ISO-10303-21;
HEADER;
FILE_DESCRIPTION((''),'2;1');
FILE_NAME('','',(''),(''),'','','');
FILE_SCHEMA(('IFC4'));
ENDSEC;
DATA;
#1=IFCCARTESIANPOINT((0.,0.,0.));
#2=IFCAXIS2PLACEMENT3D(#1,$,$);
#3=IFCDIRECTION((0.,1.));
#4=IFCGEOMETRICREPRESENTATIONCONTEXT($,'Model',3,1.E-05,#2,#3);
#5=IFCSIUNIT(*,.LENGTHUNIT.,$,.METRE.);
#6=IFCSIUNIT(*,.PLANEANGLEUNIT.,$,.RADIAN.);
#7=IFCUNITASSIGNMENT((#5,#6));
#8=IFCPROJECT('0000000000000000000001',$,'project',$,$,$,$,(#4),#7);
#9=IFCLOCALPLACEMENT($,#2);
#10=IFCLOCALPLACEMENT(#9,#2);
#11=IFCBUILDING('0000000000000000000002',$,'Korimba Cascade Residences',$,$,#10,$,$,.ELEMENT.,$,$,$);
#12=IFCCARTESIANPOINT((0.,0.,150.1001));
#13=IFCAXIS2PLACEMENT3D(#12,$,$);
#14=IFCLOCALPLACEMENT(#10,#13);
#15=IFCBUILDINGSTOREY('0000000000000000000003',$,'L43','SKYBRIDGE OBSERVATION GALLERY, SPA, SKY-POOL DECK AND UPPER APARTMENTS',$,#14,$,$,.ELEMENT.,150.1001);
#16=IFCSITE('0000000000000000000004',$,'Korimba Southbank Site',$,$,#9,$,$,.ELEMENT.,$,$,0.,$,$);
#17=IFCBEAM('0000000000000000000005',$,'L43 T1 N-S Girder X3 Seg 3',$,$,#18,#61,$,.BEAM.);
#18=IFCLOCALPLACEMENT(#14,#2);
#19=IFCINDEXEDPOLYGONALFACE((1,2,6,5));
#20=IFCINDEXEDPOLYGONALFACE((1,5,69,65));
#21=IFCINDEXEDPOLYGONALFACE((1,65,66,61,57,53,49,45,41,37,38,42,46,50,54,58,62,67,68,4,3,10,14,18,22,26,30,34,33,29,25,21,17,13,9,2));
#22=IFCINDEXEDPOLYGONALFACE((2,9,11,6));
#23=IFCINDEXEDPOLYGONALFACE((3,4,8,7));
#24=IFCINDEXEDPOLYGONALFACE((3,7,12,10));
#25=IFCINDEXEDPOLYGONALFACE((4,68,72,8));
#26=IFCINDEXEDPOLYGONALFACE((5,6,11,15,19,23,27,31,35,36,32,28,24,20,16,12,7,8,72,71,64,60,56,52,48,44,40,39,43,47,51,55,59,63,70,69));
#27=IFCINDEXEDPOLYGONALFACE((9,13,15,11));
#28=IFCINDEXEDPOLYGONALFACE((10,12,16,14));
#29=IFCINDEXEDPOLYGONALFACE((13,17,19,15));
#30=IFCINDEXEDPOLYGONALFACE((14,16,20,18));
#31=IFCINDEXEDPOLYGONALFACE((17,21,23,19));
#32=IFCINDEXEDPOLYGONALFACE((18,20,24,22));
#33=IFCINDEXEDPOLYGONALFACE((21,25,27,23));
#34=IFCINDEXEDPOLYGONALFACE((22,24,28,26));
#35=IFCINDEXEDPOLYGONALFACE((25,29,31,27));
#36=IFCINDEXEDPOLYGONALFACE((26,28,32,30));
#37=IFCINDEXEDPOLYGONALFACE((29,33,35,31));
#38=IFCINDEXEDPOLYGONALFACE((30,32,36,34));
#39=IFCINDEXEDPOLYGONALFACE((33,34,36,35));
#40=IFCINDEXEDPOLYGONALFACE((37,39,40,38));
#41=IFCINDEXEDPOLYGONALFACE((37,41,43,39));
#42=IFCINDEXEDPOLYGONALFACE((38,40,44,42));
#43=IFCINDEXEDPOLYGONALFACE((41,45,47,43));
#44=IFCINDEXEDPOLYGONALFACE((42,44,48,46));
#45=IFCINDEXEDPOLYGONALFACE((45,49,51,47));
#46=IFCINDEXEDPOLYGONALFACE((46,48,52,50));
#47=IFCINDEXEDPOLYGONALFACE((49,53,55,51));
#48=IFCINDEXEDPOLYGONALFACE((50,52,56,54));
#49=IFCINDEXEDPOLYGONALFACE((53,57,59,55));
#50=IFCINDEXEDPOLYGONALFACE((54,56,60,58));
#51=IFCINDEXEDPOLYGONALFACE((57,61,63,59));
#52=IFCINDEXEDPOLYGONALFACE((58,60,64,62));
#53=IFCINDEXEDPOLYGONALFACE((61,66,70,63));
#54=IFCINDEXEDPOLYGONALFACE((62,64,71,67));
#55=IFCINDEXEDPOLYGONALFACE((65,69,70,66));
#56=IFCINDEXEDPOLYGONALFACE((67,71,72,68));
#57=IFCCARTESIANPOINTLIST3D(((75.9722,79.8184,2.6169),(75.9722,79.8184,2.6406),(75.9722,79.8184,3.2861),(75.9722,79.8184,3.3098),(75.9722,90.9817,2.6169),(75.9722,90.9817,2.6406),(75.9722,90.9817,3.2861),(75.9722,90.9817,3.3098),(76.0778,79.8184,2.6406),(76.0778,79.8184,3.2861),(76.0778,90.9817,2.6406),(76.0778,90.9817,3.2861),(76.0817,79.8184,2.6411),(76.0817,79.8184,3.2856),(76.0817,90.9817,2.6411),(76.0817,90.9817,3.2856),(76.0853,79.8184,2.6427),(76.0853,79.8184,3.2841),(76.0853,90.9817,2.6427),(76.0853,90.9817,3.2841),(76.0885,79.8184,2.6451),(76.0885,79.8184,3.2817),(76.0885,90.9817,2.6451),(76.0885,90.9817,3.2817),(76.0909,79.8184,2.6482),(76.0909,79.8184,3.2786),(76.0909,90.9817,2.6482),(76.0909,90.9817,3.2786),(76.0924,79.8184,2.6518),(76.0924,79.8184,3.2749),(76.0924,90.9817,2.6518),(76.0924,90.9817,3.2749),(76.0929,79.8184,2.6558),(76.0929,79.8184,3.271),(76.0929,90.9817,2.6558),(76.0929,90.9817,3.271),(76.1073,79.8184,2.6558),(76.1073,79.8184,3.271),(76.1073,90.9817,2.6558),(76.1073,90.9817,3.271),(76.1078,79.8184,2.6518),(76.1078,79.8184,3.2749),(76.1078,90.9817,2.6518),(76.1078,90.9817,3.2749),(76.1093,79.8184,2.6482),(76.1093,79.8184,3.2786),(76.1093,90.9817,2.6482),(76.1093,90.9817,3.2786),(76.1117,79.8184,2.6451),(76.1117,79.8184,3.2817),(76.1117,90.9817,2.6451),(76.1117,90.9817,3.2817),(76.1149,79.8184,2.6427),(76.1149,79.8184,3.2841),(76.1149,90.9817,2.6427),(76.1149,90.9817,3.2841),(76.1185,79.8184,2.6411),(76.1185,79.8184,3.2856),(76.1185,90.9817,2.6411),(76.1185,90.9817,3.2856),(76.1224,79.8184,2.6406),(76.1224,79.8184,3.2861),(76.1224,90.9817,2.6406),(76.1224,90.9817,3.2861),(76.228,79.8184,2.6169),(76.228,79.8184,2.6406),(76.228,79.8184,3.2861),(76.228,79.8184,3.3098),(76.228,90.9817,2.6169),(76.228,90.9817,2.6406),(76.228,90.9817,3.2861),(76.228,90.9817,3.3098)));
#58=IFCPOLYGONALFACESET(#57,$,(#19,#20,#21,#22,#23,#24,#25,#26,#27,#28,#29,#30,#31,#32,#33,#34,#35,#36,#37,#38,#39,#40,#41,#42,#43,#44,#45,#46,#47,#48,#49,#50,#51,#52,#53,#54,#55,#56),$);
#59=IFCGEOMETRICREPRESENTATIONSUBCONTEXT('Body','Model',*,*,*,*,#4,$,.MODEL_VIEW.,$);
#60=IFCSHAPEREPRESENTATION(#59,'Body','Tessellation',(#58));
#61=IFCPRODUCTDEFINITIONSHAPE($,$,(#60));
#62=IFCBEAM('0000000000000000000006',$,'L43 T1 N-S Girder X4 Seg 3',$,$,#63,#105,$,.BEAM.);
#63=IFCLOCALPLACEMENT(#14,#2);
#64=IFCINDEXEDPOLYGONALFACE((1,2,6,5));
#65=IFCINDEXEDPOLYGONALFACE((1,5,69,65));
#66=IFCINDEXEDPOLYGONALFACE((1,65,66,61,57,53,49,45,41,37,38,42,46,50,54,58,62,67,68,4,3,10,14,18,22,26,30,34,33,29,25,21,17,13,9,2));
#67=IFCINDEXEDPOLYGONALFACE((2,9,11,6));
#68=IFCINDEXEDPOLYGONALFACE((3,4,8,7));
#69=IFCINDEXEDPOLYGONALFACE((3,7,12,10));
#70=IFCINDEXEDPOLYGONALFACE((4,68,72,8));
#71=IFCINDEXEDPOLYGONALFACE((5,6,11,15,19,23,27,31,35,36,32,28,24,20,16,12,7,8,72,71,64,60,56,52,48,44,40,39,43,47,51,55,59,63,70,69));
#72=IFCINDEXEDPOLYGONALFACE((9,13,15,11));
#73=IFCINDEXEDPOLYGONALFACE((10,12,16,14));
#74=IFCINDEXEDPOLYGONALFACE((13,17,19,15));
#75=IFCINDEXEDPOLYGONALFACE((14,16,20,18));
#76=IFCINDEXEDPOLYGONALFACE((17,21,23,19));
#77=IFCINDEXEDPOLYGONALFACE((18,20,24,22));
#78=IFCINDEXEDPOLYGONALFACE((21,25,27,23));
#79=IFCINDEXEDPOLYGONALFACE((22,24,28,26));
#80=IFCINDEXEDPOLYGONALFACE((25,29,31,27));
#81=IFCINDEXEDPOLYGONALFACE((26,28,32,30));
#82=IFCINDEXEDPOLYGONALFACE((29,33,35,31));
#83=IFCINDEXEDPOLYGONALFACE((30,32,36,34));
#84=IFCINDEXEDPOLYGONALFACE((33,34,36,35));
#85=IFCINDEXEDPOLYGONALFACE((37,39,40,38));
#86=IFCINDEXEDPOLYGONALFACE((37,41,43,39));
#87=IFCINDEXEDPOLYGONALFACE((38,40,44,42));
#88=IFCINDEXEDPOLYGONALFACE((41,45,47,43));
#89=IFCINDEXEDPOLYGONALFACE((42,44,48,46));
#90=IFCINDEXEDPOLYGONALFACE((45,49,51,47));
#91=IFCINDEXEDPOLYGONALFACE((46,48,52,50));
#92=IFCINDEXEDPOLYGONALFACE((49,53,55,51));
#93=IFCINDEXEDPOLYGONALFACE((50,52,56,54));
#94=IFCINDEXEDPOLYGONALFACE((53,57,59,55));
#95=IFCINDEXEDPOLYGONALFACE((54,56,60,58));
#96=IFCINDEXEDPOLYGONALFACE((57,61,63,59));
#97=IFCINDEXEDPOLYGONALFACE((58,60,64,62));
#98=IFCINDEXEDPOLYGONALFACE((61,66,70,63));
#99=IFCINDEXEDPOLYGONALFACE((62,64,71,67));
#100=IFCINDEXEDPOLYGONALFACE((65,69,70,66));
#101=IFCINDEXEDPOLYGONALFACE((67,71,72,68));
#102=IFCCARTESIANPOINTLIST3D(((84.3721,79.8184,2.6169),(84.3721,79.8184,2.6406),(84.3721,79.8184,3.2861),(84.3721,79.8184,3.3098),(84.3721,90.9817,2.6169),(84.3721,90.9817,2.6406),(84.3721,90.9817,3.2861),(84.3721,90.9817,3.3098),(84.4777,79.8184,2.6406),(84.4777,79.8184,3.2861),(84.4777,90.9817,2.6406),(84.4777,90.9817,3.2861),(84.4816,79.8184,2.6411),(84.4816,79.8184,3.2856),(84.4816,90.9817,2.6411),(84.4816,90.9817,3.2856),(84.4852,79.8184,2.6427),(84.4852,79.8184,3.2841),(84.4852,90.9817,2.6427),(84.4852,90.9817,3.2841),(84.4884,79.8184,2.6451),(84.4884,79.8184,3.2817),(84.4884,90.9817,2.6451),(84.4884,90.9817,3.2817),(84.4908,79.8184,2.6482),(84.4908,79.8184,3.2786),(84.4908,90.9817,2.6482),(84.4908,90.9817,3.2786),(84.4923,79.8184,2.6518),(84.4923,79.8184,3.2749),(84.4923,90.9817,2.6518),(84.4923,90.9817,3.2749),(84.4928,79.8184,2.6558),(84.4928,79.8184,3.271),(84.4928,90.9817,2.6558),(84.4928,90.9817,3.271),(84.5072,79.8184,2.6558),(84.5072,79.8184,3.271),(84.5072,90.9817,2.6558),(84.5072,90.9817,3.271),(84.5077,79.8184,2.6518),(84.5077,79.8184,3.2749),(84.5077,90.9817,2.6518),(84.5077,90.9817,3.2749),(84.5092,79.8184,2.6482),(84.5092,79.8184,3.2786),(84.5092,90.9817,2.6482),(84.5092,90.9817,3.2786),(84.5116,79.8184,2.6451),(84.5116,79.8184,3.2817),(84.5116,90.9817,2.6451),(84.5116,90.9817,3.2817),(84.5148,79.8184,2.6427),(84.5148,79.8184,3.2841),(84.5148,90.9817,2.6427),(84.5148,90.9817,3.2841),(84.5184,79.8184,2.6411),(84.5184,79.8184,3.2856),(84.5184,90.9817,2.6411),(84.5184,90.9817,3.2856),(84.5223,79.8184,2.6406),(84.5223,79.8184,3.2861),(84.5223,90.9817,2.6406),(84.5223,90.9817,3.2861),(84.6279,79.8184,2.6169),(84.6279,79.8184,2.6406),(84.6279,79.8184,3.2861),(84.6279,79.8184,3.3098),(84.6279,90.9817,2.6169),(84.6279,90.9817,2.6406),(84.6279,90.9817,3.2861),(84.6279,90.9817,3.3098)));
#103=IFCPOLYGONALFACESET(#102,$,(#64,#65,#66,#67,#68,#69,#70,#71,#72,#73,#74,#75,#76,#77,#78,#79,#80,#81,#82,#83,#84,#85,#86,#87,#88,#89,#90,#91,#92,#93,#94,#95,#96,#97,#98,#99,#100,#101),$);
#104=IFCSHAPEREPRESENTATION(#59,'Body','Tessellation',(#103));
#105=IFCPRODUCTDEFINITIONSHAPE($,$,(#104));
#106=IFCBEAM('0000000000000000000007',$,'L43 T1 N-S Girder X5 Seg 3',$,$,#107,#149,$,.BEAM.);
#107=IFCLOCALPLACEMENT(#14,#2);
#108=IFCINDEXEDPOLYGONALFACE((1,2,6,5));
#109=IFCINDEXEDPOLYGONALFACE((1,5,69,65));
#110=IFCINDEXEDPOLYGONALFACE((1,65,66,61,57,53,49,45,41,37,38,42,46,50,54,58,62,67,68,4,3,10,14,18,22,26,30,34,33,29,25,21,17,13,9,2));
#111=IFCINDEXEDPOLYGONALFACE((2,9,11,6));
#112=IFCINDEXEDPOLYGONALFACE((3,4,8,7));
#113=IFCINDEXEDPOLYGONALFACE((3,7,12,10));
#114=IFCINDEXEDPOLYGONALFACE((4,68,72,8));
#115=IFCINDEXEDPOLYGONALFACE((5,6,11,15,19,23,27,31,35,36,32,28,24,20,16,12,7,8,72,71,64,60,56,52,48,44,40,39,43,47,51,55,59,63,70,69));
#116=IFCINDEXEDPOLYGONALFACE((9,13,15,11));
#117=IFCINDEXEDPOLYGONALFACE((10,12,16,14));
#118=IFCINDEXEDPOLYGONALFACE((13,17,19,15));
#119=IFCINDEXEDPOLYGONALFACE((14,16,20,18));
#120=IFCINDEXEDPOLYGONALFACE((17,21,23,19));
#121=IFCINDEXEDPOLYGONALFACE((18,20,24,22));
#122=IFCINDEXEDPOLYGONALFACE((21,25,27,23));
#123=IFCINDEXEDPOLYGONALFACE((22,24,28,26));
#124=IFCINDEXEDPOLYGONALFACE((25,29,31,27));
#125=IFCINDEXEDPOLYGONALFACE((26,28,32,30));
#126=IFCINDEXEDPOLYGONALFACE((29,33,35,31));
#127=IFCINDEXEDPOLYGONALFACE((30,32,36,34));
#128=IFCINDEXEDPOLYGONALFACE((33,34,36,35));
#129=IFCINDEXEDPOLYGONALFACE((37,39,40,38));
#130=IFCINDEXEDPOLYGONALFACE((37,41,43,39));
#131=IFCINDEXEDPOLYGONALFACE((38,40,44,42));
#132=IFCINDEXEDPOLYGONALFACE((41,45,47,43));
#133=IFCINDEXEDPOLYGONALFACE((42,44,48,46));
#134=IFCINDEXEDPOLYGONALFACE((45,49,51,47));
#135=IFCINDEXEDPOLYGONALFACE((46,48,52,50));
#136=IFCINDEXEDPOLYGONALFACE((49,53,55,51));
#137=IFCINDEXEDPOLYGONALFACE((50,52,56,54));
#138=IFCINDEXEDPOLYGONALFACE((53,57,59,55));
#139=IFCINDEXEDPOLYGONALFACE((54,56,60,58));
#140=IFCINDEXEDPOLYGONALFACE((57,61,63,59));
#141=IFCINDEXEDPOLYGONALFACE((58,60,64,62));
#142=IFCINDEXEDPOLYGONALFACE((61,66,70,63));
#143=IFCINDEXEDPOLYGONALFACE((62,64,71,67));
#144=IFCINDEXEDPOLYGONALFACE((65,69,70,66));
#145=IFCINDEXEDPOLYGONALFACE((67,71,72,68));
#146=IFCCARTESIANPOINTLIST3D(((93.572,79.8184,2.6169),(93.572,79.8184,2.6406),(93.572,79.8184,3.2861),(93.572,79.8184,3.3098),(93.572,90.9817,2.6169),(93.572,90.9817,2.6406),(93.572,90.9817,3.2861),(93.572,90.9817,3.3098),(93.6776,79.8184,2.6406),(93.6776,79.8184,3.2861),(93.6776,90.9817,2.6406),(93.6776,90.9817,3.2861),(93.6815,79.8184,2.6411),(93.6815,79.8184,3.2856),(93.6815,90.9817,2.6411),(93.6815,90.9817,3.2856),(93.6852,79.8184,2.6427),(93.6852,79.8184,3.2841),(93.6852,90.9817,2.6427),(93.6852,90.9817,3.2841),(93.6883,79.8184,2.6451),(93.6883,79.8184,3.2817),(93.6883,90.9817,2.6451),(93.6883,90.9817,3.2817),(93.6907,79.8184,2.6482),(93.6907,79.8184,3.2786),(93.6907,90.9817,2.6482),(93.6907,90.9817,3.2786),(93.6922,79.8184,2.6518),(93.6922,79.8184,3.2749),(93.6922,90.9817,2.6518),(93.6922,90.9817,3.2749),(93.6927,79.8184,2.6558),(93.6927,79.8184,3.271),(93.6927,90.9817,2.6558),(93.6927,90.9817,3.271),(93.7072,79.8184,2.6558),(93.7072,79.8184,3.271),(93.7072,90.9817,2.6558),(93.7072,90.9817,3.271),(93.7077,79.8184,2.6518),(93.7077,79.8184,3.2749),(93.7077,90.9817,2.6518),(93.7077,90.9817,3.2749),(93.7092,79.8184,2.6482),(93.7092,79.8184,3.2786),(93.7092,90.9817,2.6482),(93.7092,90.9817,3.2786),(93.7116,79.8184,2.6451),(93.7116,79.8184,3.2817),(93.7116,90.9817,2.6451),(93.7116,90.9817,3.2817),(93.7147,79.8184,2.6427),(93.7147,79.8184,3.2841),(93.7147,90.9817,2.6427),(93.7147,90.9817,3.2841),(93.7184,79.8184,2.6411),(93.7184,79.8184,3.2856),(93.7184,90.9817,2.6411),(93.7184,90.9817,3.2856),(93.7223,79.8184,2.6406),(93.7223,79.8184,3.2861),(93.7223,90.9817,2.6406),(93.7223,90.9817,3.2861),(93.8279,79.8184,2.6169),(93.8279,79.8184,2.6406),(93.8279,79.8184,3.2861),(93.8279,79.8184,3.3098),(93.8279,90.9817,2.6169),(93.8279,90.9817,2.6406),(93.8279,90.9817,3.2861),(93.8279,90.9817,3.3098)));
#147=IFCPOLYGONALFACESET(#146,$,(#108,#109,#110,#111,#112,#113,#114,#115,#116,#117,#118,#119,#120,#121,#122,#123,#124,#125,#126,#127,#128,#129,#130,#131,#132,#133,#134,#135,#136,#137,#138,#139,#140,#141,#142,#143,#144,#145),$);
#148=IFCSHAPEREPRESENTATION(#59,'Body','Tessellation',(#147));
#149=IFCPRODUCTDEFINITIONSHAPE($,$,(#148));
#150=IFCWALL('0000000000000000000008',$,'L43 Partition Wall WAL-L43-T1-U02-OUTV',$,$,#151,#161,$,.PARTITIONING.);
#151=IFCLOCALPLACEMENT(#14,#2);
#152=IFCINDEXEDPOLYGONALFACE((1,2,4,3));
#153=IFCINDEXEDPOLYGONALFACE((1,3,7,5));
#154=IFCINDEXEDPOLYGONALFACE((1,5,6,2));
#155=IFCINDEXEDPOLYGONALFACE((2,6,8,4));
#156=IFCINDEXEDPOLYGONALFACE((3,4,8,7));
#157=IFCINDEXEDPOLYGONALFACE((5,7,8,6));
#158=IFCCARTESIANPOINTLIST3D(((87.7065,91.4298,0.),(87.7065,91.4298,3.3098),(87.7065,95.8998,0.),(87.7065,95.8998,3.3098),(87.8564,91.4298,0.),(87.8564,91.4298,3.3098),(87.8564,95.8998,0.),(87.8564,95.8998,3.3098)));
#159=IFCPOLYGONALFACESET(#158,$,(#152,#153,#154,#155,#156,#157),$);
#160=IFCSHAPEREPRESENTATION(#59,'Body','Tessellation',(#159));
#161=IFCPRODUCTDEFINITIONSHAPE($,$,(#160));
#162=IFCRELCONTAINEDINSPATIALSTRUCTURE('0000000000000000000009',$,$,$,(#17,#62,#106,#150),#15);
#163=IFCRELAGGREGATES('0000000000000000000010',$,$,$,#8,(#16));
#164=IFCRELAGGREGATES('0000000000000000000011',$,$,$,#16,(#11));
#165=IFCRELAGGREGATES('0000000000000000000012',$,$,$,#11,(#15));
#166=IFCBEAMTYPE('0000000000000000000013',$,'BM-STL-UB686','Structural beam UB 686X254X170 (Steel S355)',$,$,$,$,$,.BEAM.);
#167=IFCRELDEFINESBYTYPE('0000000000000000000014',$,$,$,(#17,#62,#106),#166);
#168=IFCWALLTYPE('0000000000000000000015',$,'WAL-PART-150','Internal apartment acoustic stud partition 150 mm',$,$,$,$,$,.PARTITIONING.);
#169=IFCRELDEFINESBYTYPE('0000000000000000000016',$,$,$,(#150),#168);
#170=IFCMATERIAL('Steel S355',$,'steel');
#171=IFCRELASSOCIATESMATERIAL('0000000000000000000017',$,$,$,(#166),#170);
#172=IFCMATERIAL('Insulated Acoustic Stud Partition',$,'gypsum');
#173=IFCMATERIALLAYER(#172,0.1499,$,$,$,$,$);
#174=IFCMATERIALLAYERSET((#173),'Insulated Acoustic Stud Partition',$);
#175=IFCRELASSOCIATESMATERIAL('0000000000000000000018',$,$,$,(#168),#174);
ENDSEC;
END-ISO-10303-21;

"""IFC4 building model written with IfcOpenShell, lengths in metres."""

from ifc_helpers import new_model, si_unit, direction, frame, frame_2d, origin, origin_2d, place, context, subcontext, project, spatial, rectangle, i_section, extrude, material, layer, layer_set, material_profile, profile_set, type_object, element, save


model = new_model("IFC4")

# Units and contexts
model_context = context("Model", 3, precision=1e-05, world=origin(), true_north=direction((0.0, 1.0)))
body_context = subcontext(model_context, "Body", "Model", "MODEL_VIEW")
ifc_project = project(units=[si_unit("LENGTHUNIT", "METRE"), si_unit("PLANEANGLEUNIT", "RADIAN")], contexts=[model_context])

# Site, building, storey
site_placement = place(None, origin())
site = spatial("IfcSite", under=ifc_project, at=site_placement, Name="Korimba Southbank Site", CompositionType="ELEMENT", RefElevation=0.0)
building_placement = place(site_placement, origin())
building = spatial("IfcBuilding", under=site, at=building_placement, Name="Korimba Cascade Residences", CompositionType="ELEMENT")
storey_placement = place(building_placement, frame((0.0, 0.0, 150.1001)))
storey = spatial("IfcBuildingStorey", under=building, at=storey_placement, Name="L43", Description="SKYBRIDGE OBSERVATION GALLERY, SPA, SKY-POOL DECK AND UPPER APARTMENTS", CompositionType="ELEMENT", Elevation=150.1001)

# Beams
ifc_material_1 = material(Name="Steel S355", Category="steel")
ifc_material_profile_1 = material_profile(ifc_material_1, i_section(OverallWidth=0.2559, OverallDepth=0.6929, WebThickness=0.0144, FlangeThickness=0.0237, FilletRadius=0.0151, at=origin_2d()), Name="Steel S355")
ifc_profile_set_1 = profile_set([ifc_material_profile_1], Name="Steel S355")
beam_type_1 = type_object("IfcBeamType", Name="BM-STL-UB686", Description="Structural beam UB 686X254X170 (Steel S355)", PredefinedType="BEAM", material=ifc_profile_set_1)
for number, where, z_axis, x_axis, name in (
    (1, (76.1001, 79.8184, 2.9634), (0.0, 1.0, 0.0), (-1.0, 0.0, 0.0), "L43 T1 N-S Girder X3 Seg 3"),
    (2, (84.5, 79.8184, 2.9634), (0.0, 1.0, 0.0), (-1.0, 0.0, 0.0), "L43 T1 N-S Girder X4 Seg 3"),
    (3, (93.7, 79.8184, 2.9634), (0.0, 1.0, 0.0), (-1.0, 0.0, 0.0), "L43 T1 N-S Girder X5 Seg 3"),
):
    element("IfcBeam", number, at=place(storey_placement, frame(where, z_axis=z_axis, x_axis=x_axis)), inside=storey, type_object=beam_type_1, Name=name, PredefinedType="BEAM", context=body_context, shape_type="SweptSolid", body=[
        extrude(i_section(OverallWidth=0.2559, OverallDepth=0.6929, WebThickness=0.0144, FlangeThickness=0.0237, FilletRadius=0.0151, at=origin_2d()), origin(), (0.0, 0.0, 1.0), 11.1633),
    ])

# Wall
ifc_material_2 = material(Name="Insulated Acoustic Stud Partition", Category="gypsum")
ifc_layer = layer(ifc_material_2, 0.1499)
ifc_layer_set = layer_set([ifc_layer], Name="Insulated Acoustic Stud Partition")
wall_type = type_object("IfcWallType", Name="WAL-PART-150", Description="Internal apartment acoustic stud partition 150 mm", PredefinedType="PARTITIONING", material=ifc_layer_set)
wall_1_placement = place(storey_placement, frame((87.7815, 91.4299, 0.0), z_axis=(0.0, 0.0, 1.0), x_axis=(0.0, 1.0, 0.0)))
element("IfcWall", 4, at=wall_1_placement, inside=storey, type_object=wall_type, Name="L43 Partition Wall WAL-L43-T1-U02-OUTV", PredefinedType="PARTITIONING", context=body_context, shape_type="SweptSolid", body=[
    extrude(rectangle(XDim=4.47, YDim=0.1499, at=frame_2d((2.2349, 0.0))), origin(), (0.0, 0.0, 1.0), 3.3098),
])

save(model, "model.ifc")
